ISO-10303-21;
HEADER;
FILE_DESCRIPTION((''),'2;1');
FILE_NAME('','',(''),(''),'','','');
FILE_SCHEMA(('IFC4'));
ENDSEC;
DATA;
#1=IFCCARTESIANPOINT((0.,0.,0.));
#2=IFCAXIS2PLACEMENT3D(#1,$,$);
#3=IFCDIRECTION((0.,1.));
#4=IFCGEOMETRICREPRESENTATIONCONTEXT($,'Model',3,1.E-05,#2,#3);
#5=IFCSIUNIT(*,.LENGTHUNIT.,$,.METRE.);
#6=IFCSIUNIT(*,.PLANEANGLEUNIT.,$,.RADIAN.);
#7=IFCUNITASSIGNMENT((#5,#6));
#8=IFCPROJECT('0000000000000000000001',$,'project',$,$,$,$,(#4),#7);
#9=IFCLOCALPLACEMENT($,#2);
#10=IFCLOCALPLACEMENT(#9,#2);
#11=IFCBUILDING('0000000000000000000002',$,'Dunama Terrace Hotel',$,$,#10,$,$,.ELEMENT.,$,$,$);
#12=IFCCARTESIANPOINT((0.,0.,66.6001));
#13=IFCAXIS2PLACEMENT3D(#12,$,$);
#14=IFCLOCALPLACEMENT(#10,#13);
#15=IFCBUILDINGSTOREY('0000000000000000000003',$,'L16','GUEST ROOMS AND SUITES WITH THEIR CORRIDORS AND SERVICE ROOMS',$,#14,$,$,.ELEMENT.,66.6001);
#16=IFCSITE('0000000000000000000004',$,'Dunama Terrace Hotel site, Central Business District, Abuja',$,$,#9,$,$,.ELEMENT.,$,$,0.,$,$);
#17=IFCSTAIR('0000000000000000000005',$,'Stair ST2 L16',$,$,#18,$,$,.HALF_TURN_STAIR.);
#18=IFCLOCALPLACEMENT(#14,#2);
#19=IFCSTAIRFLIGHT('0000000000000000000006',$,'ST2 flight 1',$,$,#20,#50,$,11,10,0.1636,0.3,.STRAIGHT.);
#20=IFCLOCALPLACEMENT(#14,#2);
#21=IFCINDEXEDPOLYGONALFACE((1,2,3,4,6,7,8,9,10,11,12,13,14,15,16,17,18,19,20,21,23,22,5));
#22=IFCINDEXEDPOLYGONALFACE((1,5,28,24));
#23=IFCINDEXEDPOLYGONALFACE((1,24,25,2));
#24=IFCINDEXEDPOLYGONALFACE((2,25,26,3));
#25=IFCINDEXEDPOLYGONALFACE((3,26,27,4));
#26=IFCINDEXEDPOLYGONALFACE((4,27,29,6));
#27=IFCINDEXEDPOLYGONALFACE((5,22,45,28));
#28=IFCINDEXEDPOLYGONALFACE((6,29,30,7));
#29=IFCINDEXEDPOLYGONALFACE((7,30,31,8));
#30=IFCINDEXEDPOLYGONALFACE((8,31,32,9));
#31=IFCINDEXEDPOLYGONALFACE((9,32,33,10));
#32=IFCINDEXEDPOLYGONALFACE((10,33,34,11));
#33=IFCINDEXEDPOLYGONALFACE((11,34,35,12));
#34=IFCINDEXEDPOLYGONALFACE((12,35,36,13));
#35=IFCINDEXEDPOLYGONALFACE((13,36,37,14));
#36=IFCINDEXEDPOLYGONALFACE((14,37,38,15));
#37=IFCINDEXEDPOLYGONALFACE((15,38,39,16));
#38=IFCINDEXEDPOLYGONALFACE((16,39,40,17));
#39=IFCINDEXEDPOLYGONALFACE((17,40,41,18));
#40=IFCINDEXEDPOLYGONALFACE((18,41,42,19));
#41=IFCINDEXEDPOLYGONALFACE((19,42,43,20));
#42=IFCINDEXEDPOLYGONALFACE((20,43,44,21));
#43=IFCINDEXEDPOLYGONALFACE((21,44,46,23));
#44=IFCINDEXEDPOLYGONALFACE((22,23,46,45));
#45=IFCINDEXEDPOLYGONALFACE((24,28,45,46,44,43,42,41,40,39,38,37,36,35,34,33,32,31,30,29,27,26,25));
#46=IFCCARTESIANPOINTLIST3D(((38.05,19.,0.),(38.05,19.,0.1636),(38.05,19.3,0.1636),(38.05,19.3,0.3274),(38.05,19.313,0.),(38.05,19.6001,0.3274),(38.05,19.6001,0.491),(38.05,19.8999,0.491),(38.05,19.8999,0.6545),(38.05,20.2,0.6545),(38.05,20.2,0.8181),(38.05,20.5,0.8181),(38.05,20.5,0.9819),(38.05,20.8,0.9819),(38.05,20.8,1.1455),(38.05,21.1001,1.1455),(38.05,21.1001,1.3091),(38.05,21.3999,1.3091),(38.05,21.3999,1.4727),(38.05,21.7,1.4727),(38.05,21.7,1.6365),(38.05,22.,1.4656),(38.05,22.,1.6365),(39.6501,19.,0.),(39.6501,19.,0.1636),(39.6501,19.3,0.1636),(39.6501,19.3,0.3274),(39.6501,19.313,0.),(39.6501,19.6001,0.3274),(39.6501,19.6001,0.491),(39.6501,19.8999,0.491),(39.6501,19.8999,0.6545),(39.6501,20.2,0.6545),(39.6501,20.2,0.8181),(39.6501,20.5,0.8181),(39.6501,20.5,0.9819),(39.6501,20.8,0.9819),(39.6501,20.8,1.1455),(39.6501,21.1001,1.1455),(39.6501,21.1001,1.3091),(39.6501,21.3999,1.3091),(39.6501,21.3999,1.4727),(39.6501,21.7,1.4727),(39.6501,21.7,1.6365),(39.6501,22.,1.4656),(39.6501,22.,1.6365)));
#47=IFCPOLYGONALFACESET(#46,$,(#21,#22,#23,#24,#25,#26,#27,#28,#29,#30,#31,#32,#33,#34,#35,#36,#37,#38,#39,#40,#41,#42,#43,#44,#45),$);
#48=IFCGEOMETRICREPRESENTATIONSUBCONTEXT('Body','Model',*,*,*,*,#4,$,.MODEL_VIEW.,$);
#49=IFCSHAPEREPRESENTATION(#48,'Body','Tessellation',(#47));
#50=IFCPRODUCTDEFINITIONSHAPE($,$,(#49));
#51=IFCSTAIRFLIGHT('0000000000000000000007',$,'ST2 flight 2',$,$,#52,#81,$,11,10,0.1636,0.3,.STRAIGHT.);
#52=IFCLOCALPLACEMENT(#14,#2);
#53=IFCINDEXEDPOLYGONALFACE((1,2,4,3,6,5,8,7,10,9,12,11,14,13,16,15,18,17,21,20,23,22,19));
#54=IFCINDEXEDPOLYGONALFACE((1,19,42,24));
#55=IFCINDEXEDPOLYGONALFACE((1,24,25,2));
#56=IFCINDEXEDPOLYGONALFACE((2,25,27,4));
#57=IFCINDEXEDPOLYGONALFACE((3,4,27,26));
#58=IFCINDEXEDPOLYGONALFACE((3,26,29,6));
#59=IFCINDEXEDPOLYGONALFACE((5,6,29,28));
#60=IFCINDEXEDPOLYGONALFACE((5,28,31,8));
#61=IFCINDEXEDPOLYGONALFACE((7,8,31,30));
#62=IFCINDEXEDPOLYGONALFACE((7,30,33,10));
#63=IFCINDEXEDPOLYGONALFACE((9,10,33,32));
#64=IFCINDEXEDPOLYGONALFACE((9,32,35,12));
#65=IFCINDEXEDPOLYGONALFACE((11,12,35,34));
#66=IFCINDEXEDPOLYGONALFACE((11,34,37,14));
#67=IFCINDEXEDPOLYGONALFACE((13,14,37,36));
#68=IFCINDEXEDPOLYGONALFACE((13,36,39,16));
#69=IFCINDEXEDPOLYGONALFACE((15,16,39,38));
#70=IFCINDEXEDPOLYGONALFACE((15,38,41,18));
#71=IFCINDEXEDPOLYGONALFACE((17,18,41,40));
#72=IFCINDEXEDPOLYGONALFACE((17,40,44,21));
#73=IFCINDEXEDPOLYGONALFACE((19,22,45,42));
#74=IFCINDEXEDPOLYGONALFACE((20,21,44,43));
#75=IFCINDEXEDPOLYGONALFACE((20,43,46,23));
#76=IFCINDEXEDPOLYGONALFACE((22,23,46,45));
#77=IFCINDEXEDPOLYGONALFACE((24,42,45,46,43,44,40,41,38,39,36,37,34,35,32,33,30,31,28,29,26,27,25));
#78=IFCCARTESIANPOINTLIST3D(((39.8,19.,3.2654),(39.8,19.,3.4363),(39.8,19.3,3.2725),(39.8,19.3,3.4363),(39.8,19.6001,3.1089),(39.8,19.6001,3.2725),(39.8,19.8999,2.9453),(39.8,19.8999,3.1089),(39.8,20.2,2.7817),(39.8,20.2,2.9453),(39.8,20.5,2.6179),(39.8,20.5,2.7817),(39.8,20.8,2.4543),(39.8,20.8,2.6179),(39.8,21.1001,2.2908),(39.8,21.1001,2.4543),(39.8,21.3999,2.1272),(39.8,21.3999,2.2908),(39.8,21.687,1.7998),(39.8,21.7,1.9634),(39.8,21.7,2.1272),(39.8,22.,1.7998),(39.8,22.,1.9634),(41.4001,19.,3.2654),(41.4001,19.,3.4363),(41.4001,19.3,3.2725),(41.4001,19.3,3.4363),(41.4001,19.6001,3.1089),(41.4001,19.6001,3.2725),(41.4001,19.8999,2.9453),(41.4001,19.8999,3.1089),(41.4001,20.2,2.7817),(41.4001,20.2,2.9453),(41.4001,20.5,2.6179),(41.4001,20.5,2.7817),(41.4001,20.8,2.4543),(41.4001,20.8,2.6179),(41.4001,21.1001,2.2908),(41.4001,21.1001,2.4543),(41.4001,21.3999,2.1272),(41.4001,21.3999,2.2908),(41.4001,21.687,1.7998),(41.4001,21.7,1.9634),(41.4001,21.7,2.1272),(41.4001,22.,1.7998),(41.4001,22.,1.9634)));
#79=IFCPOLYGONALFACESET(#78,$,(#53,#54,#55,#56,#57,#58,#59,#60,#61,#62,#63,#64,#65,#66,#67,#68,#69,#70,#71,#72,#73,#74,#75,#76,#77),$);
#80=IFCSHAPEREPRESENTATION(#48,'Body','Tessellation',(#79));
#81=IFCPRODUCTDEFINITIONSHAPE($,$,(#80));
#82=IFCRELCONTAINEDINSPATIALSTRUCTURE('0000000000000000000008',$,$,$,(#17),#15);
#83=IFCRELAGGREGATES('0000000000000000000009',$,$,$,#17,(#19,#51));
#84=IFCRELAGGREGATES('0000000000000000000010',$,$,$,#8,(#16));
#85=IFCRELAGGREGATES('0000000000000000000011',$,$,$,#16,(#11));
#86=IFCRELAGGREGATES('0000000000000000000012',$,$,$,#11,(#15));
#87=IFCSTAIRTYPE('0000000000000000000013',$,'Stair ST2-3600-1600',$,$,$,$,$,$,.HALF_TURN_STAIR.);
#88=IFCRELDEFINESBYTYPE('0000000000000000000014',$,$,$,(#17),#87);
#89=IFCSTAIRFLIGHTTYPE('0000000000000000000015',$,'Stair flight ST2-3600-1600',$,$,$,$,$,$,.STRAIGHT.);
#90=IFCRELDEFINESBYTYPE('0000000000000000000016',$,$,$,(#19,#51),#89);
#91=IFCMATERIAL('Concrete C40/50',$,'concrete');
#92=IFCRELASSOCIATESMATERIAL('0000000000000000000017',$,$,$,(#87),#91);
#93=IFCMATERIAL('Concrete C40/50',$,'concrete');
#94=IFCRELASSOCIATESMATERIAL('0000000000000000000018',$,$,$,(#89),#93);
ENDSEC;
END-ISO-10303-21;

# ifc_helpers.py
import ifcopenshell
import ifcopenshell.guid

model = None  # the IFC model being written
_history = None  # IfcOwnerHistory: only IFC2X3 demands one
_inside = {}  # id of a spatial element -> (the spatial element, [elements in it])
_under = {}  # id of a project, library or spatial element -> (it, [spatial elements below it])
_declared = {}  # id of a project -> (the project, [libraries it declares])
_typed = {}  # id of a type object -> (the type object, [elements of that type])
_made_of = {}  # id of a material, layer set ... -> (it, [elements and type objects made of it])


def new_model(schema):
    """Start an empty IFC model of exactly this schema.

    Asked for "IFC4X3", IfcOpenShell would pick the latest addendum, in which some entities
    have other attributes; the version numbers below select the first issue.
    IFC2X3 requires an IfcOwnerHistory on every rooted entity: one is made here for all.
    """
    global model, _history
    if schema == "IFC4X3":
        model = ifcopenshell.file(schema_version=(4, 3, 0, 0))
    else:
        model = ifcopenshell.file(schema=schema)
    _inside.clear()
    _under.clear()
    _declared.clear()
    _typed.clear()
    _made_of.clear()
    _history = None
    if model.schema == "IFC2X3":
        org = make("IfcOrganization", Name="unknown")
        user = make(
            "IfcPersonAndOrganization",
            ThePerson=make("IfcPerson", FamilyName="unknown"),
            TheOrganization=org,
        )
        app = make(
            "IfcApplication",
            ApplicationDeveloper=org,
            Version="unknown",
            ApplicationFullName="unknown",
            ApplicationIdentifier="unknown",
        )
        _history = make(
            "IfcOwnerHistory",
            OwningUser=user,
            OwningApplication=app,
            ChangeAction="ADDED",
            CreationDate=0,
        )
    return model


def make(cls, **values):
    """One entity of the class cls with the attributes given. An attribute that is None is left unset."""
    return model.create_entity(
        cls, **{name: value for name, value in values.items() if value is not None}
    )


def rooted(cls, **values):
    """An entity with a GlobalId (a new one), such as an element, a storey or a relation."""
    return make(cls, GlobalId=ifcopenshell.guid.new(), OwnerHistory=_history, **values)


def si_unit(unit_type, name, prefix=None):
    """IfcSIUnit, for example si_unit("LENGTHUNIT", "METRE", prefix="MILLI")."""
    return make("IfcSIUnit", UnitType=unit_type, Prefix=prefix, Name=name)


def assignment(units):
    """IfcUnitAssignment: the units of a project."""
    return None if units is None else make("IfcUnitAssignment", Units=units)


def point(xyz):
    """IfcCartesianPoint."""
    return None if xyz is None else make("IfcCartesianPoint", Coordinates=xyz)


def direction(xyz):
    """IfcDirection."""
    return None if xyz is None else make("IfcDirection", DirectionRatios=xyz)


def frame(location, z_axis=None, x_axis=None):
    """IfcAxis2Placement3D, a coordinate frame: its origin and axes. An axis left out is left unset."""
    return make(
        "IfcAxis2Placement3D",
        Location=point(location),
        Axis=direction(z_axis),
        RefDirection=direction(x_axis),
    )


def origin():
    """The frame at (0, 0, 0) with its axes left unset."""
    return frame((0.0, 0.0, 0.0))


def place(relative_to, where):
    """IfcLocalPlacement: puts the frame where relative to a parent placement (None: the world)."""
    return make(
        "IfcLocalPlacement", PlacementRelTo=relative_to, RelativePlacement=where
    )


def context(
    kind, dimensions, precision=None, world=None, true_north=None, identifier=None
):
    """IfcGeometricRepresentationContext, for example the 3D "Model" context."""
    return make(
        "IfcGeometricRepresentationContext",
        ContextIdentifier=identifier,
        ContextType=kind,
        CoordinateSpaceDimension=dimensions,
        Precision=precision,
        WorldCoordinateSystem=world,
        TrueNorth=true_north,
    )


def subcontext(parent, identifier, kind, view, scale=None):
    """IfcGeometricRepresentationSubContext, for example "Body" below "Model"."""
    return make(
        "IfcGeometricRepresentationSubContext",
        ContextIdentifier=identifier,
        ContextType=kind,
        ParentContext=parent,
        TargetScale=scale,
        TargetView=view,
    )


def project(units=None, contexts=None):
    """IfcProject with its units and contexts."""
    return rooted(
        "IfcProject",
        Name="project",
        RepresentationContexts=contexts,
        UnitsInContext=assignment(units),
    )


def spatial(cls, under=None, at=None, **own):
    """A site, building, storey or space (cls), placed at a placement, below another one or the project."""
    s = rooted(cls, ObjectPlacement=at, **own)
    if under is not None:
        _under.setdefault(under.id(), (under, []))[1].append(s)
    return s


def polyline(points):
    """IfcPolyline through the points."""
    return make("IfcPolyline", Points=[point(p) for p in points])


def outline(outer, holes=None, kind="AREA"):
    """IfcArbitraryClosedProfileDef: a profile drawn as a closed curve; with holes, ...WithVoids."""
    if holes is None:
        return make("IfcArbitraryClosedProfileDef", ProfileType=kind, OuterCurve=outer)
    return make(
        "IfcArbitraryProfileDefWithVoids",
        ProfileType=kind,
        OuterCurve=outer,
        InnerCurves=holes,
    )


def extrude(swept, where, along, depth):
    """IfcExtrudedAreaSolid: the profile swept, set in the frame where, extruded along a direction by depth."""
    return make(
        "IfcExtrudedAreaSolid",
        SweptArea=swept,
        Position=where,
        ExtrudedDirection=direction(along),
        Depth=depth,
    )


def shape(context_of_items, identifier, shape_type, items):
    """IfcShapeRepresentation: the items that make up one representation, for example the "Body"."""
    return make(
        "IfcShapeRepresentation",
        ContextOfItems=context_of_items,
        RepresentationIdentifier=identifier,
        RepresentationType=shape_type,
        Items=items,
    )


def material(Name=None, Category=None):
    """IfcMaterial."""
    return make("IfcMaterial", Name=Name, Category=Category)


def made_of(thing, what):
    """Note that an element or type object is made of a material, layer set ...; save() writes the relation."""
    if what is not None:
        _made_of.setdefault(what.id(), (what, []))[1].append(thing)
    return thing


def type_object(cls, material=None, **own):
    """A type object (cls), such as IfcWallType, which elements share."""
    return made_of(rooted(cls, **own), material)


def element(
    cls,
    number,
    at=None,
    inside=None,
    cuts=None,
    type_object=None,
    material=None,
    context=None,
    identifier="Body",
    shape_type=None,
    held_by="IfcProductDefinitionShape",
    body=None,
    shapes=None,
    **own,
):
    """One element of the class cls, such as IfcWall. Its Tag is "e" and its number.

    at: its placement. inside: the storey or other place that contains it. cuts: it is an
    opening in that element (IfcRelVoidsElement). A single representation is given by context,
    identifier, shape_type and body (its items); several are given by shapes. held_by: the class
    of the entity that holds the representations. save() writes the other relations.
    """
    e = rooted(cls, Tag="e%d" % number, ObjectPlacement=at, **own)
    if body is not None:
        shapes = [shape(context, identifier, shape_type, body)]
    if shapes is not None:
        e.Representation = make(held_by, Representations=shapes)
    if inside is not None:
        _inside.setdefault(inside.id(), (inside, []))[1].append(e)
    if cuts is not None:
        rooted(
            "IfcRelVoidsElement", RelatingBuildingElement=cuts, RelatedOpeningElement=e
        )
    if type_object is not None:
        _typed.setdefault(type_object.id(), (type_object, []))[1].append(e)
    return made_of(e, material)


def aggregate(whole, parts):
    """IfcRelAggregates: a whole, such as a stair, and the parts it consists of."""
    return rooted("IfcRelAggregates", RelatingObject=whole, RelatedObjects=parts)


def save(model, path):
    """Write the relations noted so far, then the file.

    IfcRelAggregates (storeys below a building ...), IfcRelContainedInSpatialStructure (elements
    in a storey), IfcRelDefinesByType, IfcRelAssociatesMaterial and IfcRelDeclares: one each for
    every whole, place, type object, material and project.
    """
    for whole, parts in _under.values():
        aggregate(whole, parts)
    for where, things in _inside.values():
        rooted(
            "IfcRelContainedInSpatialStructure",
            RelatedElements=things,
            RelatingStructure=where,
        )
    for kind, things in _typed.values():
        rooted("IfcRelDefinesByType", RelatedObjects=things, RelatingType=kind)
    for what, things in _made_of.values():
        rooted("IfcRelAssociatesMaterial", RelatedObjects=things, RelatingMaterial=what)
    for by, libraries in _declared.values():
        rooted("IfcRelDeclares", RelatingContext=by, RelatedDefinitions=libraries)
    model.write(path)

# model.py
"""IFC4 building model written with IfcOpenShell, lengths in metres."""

from ifc_helpers import new_model, si_unit, direction, frame, origin, place, context, subcontext, project, spatial, polyline, outline, extrude, material, type_object, element, aggregate, save


model = new_model("IFC4")

# Units and contexts
model_context = context("Model", 3, precision=1e-05, world=origin(), true_north=direction((0.0, 1.0)))
body_context = subcontext(model_context, "Body", "Model", "MODEL_VIEW")
ifc_project = project(units=[si_unit("LENGTHUNIT", "METRE"), si_unit("PLANEANGLEUNIT", "RADIAN")], contexts=[model_context])

# Site, building, storey
site_placement = place(None, origin())
site = spatial("IfcSite", under=ifc_project, at=site_placement, Name="Dunama Terrace Hotel site, Central Business District, Abuja", CompositionType="ELEMENT", RefElevation=0.0)
building_placement = place(site_placement, origin())
building = spatial("IfcBuilding", under=site, at=building_placement, Name="Dunama Terrace Hotel", CompositionType="ELEMENT")
storey_placement = place(building_placement, frame((0.0, 0.0, 66.6001)))
storey = spatial("IfcBuildingStorey", under=building, at=storey_placement, Name="L16", Description="GUEST ROOMS AND SUITES WITH THEIR CORRIDORS AND SERVICE ROOMS", CompositionType="ELEMENT", Elevation=66.6001)

# Stair, stair flights
ifc_material_1 = material(Name="Concrete C40/50", Category="concrete")
stair_type = type_object("IfcStairType", Name="Stair ST2-3600-1600", PredefinedType="HALF_TURN_STAIR", material=ifc_material_1)
stair_placement = place(storey_placement, origin())
stair = element("IfcStair", 1, at=stair_placement, inside=storey, type_object=stair_type, Name="Stair ST2 L16", PredefinedType="HALF_TURN_STAIR")
ifc_material_2 = material(Name="Concrete C40/50", Category="concrete")
stair_flight_type = type_object("IfcStairFlightType", Name="Stair flight ST2-3600-1600", PredefinedType="STRAIGHT", material=ifc_material_2)
stair_flight_1_placement = place(storey_placement, frame((38.8501, 19.0, 0.0), z_axis=(0.0, 0.0, 1.0), x_axis=(0.0, 1.0, 0.0)))
stair_flight_1 = element("IfcStairFlight", 2, at=stair_flight_1_placement, type_object=stair_flight_type, Name="ST2 flight 1", NumberOfRisers=11, NumberOfTreads=10, PredefinedType="STRAIGHT", RiserHeight=0.1636, TreadLength=0.3, context=body_context, shape_type="SweptSolid", body=[
    extrude(outline(polyline([(0.0, 0.0), (0.0, 0.1636), (0.3, 0.1636), (0.3, 0.3274), (0.6001, 0.3274), (0.6001, 0.491), (0.8999, 0.491), (0.8999, 0.6545), (1.2, 0.6545), (1.2, 0.8181), (1.5, 0.8181), (1.5, 0.9819), (1.8, 0.9819), (1.8, 1.1455), (2.1001, 1.1455), (2.1001, 1.3091), (2.3999, 1.3091), (2.3999, 1.4727), (2.7, 1.4727), (2.7, 1.6365), (3.0, 1.6365), (3.0, 1.8), (3.0, 1.4656), (0.313, 0.0), (0.0, 0.0)])), frame((0.0, 0.8, 0.0), z_axis=(0.0, -1.0, 0.0), x_axis=(1.0, 0.0, 0.0)), (0.0, 0.0, 1.0), 1.6001),
])
stair_flight_2_placement = place(storey_placement, frame((40.6001, 22.0, 1.7998), z_axis=(0.0, 0.0, 1.0), x_axis=(0.0, -1.0, 0.0)))
stair_flight_2 = element("IfcStairFlight", 3, at=stair_flight_2_placement, type_object=stair_flight_type, Name="ST2 flight 2", NumberOfRisers=11, NumberOfTreads=10, PredefinedType="STRAIGHT", RiserHeight=0.1636, TreadLength=0.3, context=body_context, shape_type="SweptSolid", body=[
    extrude(outline(polyline([(0.0, 0.0), (0.0, 0.1636), (0.3, 0.1636), (0.3, 0.3274), (0.6001, 0.3274), (0.6001, 0.491), (0.8999, 0.491), (0.8999, 0.6545), (1.2, 0.6545), (1.2, 0.8181), (1.5, 0.8181), (1.5, 0.9819), (1.8, 0.9819), (1.8, 1.1455), (2.1001, 1.1455), (2.1001, 1.3091), (2.3999, 1.3091), (2.3999, 1.4727), (2.7, 1.4727), (2.7, 1.6365), (3.0, 1.6365), (3.0, 1.8), (3.0, 1.4656), (0.313, 0.0), (0.0, 0.0)])), frame((0.0, 0.8, 0.0), z_axis=(0.0, -1.0, 0.0), x_axis=(1.0, 0.0, 0.0)), (0.0, 0.0, 1.0), 1.6001),
])
aggregate(stair, [stair_flight_1, stair_flight_2])

save(model, "model.ifc")
